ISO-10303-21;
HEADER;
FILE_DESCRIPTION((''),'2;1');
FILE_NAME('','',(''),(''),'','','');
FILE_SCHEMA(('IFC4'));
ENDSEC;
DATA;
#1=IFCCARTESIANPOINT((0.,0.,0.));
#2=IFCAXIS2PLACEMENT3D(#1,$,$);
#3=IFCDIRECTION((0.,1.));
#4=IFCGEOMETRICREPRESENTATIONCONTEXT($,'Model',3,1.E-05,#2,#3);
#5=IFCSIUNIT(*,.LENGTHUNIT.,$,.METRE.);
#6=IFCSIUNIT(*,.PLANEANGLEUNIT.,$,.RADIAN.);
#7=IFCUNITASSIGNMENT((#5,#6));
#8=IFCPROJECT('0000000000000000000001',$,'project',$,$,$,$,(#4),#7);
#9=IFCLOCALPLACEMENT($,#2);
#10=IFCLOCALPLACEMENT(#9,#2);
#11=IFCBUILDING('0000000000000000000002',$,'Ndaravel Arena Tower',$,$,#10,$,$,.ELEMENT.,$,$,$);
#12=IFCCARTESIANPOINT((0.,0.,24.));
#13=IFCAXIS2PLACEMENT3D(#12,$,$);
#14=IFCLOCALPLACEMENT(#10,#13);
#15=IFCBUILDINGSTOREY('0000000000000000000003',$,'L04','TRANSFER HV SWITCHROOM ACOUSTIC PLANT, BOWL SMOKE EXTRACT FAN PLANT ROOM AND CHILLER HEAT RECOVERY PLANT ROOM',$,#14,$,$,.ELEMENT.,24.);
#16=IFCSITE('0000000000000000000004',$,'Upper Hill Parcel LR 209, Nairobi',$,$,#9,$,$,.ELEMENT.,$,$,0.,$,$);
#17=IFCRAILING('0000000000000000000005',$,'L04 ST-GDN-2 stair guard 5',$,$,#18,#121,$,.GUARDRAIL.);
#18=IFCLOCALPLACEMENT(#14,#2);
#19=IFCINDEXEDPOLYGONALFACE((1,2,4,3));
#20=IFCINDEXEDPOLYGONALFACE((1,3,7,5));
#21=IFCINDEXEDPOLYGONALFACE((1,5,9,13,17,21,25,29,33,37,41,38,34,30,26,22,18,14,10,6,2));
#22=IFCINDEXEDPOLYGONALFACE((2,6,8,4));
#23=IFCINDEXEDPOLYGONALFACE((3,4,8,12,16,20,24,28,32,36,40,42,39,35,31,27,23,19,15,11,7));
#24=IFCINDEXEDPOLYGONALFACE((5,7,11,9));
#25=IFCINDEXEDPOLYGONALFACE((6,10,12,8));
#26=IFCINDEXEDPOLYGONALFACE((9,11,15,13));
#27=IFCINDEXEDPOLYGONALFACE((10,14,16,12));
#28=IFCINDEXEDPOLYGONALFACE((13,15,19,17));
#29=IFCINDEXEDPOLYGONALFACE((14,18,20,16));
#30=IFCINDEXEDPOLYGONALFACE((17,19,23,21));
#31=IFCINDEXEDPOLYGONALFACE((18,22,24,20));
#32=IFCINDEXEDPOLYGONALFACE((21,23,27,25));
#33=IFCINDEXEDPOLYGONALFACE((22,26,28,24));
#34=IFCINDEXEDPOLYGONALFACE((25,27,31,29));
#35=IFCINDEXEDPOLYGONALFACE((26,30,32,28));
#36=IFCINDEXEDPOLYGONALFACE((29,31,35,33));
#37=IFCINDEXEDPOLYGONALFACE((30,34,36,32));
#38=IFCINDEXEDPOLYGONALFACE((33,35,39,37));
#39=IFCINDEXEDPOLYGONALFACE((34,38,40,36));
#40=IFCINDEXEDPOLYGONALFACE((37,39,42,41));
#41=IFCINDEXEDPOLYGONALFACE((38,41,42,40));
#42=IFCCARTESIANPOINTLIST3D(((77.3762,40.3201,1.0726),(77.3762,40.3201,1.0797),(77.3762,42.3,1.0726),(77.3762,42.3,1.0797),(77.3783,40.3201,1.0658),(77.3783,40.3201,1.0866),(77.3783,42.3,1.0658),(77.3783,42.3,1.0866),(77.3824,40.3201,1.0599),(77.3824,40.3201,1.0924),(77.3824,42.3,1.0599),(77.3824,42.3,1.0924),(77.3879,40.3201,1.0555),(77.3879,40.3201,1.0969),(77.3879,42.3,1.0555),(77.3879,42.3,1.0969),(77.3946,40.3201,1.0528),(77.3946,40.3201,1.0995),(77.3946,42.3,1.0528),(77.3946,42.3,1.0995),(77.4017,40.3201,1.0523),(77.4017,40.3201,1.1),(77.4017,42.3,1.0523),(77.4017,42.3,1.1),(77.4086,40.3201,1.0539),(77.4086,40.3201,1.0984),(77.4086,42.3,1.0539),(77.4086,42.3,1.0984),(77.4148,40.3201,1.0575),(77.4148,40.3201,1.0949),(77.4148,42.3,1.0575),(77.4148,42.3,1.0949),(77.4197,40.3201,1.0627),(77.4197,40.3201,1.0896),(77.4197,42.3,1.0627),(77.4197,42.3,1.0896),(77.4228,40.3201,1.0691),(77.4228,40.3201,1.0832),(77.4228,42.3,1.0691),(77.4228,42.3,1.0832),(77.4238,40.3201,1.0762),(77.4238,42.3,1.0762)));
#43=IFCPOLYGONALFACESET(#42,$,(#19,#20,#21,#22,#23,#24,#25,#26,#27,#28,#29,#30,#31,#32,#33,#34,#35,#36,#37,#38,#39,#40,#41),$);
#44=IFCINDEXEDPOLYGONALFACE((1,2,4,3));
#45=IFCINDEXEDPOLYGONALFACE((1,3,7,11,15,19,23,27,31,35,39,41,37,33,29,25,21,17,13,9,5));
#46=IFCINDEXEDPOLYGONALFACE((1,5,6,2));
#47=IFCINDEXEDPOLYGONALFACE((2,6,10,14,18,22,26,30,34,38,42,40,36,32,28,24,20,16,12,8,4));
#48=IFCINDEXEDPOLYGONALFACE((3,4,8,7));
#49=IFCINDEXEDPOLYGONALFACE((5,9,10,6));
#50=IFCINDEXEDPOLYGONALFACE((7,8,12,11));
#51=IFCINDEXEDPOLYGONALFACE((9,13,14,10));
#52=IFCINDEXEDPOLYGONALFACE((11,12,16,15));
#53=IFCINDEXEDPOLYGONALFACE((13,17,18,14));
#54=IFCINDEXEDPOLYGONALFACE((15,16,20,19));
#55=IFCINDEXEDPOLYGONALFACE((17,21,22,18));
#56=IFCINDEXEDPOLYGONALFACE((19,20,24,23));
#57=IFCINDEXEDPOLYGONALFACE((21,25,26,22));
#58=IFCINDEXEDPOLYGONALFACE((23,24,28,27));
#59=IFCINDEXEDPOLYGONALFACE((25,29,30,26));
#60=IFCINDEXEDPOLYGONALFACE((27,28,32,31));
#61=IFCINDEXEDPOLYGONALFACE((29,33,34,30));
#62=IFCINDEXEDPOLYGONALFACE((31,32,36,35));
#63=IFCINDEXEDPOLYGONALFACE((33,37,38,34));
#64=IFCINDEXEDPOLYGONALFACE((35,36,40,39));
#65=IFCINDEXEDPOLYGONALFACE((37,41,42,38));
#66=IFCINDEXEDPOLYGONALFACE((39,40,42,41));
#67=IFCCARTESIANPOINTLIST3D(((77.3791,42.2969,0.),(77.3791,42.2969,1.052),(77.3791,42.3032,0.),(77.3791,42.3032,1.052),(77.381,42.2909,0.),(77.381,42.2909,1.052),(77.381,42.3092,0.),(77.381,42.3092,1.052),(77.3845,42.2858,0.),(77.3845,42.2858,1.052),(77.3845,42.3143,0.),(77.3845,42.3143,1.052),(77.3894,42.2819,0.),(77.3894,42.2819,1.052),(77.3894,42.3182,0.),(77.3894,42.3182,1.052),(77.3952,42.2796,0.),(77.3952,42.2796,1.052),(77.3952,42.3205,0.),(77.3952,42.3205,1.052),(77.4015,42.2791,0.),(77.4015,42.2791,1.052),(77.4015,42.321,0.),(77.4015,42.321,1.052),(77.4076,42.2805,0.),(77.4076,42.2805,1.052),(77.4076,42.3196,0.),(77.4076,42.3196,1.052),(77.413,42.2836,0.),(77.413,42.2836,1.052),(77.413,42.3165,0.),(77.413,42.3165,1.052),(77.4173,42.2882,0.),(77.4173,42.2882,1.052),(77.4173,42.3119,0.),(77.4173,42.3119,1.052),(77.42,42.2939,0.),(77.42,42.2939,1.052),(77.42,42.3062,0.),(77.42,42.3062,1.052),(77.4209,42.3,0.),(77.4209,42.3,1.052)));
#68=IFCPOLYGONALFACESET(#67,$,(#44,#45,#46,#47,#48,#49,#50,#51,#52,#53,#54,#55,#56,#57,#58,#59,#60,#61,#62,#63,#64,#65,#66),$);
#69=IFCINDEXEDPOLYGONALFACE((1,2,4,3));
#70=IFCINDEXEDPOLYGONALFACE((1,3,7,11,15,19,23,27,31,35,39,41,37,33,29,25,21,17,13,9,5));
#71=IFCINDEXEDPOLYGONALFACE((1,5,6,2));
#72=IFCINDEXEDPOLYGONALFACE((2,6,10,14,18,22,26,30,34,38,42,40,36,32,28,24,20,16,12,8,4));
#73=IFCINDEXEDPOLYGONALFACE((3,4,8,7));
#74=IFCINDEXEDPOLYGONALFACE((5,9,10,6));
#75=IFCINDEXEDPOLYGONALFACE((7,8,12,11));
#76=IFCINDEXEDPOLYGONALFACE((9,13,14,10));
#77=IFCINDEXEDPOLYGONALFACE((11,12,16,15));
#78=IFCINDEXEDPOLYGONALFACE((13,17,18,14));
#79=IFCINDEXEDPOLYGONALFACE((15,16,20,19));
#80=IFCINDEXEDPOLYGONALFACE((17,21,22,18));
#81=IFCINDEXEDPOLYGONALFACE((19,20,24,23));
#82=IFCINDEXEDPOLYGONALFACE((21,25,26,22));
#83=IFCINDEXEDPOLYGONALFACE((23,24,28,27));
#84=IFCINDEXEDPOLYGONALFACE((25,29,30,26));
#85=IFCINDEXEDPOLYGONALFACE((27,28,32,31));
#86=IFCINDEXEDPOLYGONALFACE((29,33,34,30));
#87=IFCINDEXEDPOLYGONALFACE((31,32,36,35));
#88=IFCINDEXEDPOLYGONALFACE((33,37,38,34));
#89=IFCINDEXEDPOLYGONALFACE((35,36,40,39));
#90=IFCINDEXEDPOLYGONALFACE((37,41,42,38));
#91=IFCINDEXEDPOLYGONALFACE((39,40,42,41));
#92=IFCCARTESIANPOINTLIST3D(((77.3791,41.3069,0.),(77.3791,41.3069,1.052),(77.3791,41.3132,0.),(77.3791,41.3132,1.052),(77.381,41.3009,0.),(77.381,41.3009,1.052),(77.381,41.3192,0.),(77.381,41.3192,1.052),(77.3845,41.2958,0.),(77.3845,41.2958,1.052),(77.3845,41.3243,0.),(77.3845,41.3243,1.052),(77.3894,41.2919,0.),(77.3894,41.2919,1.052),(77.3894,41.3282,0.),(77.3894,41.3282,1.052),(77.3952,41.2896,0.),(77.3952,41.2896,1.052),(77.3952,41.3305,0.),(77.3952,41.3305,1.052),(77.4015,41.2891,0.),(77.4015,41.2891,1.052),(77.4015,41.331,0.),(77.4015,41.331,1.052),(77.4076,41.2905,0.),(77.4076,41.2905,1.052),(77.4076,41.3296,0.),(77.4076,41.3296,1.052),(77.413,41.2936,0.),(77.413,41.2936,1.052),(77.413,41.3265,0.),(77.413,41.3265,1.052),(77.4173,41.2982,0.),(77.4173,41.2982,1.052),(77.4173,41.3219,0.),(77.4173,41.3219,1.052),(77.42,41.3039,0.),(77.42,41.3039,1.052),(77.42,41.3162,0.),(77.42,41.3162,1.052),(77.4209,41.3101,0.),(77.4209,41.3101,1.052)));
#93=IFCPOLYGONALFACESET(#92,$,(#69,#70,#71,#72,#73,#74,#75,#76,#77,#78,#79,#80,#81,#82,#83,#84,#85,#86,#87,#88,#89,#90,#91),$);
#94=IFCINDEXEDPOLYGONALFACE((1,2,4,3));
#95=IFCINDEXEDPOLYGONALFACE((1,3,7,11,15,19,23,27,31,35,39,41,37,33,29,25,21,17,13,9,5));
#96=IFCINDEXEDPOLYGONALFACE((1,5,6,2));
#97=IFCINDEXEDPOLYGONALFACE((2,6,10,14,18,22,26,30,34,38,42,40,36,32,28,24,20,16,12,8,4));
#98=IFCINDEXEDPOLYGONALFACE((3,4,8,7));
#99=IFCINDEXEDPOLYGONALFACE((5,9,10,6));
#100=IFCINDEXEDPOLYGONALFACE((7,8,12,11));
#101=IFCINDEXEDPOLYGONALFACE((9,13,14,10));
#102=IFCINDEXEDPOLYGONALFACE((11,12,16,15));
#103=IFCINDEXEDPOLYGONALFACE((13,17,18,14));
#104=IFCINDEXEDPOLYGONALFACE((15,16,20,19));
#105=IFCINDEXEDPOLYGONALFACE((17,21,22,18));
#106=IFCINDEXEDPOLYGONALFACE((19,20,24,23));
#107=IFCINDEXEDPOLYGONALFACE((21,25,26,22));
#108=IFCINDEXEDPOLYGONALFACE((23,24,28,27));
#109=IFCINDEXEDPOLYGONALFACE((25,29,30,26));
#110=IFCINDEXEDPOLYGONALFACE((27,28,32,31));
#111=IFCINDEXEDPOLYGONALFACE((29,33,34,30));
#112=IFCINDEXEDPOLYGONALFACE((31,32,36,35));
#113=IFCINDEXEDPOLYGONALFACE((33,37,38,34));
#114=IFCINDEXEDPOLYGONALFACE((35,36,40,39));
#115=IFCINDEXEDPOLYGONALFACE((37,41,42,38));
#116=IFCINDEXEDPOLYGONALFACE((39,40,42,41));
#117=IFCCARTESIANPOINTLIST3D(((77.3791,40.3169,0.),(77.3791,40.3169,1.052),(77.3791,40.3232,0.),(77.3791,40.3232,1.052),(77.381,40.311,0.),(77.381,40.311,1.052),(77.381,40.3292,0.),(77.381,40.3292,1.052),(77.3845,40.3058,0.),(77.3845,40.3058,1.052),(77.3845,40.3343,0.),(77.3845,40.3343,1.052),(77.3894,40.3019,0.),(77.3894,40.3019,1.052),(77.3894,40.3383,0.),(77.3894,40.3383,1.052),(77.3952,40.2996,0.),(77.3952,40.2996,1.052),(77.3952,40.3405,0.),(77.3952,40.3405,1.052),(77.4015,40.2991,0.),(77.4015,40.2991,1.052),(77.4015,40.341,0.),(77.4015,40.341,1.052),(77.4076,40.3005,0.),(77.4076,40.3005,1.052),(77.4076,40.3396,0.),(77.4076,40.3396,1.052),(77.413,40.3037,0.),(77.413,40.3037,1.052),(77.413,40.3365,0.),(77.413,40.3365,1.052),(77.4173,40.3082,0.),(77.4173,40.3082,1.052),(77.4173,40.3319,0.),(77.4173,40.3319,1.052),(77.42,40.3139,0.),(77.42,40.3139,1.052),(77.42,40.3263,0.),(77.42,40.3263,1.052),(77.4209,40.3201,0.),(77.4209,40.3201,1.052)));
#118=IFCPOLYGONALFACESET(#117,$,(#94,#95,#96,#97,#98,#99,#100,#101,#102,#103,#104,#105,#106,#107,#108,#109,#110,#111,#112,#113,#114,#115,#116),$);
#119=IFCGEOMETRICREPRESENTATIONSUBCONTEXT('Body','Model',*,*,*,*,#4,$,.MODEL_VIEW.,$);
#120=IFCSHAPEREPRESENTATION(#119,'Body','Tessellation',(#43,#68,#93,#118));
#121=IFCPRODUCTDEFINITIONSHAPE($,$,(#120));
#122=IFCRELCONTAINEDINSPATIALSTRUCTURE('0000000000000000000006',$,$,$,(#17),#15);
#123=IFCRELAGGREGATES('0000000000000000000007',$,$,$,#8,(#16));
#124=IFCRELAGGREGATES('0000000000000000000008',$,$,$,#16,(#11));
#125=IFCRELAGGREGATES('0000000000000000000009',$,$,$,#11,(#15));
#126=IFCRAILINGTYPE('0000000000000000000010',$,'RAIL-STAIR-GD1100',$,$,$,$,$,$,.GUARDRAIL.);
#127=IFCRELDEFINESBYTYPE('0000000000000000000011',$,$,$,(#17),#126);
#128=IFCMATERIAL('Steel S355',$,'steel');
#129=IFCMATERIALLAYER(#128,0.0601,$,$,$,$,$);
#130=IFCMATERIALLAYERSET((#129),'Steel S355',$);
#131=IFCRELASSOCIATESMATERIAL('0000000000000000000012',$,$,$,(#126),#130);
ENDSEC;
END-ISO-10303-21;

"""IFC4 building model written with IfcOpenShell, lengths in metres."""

from ifc_helpers import new_model, si_unit, direction, frame, origin, origin_2d, place, context, subcontext, project, spatial, circle, extrude, material, layer, layer_set, type_object, element, save


model = new_model("IFC4")

# Units and contexts
model_context = context("Model", 3, precision=1e-05, world=origin(), true_north=direction((0.0, 1.0)))
body_context = subcontext(model_context, "Body", "Model", "MODEL_VIEW")
ifc_project = project(units=[si_unit("LENGTHUNIT", "METRE"), si_unit("PLANEANGLEUNIT", "RADIAN")], contexts=[model_context])

# Site, building, storey
site_placement = place(None, origin())
site = spatial("IfcSite", under=ifc_project, at=site_placement, Name="Upper Hill Parcel LR 209, Nairobi", CompositionType="ELEMENT", RefElevation=0.0)
building_placement = place(site_placement, origin())
building = spatial("IfcBuilding", under=site, at=building_placement, Name="Ndaravel Arena Tower", CompositionType="ELEMENT")
storey_placement = place(building_placement, frame((0.0, 0.0, 24.0)))
storey = spatial("IfcBuildingStorey", under=building, at=storey_placement, Name="L04", Description="TRANSFER HV SWITCHROOM ACOUSTIC PLANT, BOWL SMOKE EXTRACT FAN PLANT ROOM AND CHILLER HEAT RECOVERY PLANT ROOM", CompositionType="ELEMENT", Elevation=24.0)

# Railing
ifc_material_1 = material(Name="Steel S355", Category="steel")
ifc_layer_1 = layer(ifc_material_1, 0.0601)
ifc_layer_set_1 = layer_set([ifc_layer_1], Name="Steel S355")
railing_type_1 = type_object("IfcRailingType", Name="RAIL-STAIR-GD1100", PredefinedType="GUARDRAIL", material=ifc_layer_set_1)
for number, where, name in (
    (1, (77.3999, 42.3, 0.0), "L04 ST-GDN-2 stair guard 5"),
):
    element("IfcRailing", number, at=place(storey_placement, frame(where)), inside=storey, type_object=railing_type_1, Name=name, PredefinedType="GUARDRAIL", context=body_context, shape_type="SweptSolid", body=[
        extrude(circle(Radius=0.0239, at=origin_2d()), frame((0.0, 0.0, 1.0762), z_axis=(0.0, -1.0, 0.0), x_axis=(1.0, 0.0, 0.0)), (0.0, 0.0, 1.0), 1.98),
        extrude(circle(Radius=0.021, at=origin_2d()), origin(), (0.0, 0.0, 1.0), 1.052),
        extrude(circle(Radius=0.021, at=origin_2d()), frame((0.0, -0.99, 0.0)), (0.0, 0.0, 1.0), 1.052),
        extrude(circle(Radius=0.021, at=origin_2d()), frame((0.0, -1.98, 0.0)), (0.0, 0.0, 1.0), 1.052),
    ])

save(model, "model.ifc")
